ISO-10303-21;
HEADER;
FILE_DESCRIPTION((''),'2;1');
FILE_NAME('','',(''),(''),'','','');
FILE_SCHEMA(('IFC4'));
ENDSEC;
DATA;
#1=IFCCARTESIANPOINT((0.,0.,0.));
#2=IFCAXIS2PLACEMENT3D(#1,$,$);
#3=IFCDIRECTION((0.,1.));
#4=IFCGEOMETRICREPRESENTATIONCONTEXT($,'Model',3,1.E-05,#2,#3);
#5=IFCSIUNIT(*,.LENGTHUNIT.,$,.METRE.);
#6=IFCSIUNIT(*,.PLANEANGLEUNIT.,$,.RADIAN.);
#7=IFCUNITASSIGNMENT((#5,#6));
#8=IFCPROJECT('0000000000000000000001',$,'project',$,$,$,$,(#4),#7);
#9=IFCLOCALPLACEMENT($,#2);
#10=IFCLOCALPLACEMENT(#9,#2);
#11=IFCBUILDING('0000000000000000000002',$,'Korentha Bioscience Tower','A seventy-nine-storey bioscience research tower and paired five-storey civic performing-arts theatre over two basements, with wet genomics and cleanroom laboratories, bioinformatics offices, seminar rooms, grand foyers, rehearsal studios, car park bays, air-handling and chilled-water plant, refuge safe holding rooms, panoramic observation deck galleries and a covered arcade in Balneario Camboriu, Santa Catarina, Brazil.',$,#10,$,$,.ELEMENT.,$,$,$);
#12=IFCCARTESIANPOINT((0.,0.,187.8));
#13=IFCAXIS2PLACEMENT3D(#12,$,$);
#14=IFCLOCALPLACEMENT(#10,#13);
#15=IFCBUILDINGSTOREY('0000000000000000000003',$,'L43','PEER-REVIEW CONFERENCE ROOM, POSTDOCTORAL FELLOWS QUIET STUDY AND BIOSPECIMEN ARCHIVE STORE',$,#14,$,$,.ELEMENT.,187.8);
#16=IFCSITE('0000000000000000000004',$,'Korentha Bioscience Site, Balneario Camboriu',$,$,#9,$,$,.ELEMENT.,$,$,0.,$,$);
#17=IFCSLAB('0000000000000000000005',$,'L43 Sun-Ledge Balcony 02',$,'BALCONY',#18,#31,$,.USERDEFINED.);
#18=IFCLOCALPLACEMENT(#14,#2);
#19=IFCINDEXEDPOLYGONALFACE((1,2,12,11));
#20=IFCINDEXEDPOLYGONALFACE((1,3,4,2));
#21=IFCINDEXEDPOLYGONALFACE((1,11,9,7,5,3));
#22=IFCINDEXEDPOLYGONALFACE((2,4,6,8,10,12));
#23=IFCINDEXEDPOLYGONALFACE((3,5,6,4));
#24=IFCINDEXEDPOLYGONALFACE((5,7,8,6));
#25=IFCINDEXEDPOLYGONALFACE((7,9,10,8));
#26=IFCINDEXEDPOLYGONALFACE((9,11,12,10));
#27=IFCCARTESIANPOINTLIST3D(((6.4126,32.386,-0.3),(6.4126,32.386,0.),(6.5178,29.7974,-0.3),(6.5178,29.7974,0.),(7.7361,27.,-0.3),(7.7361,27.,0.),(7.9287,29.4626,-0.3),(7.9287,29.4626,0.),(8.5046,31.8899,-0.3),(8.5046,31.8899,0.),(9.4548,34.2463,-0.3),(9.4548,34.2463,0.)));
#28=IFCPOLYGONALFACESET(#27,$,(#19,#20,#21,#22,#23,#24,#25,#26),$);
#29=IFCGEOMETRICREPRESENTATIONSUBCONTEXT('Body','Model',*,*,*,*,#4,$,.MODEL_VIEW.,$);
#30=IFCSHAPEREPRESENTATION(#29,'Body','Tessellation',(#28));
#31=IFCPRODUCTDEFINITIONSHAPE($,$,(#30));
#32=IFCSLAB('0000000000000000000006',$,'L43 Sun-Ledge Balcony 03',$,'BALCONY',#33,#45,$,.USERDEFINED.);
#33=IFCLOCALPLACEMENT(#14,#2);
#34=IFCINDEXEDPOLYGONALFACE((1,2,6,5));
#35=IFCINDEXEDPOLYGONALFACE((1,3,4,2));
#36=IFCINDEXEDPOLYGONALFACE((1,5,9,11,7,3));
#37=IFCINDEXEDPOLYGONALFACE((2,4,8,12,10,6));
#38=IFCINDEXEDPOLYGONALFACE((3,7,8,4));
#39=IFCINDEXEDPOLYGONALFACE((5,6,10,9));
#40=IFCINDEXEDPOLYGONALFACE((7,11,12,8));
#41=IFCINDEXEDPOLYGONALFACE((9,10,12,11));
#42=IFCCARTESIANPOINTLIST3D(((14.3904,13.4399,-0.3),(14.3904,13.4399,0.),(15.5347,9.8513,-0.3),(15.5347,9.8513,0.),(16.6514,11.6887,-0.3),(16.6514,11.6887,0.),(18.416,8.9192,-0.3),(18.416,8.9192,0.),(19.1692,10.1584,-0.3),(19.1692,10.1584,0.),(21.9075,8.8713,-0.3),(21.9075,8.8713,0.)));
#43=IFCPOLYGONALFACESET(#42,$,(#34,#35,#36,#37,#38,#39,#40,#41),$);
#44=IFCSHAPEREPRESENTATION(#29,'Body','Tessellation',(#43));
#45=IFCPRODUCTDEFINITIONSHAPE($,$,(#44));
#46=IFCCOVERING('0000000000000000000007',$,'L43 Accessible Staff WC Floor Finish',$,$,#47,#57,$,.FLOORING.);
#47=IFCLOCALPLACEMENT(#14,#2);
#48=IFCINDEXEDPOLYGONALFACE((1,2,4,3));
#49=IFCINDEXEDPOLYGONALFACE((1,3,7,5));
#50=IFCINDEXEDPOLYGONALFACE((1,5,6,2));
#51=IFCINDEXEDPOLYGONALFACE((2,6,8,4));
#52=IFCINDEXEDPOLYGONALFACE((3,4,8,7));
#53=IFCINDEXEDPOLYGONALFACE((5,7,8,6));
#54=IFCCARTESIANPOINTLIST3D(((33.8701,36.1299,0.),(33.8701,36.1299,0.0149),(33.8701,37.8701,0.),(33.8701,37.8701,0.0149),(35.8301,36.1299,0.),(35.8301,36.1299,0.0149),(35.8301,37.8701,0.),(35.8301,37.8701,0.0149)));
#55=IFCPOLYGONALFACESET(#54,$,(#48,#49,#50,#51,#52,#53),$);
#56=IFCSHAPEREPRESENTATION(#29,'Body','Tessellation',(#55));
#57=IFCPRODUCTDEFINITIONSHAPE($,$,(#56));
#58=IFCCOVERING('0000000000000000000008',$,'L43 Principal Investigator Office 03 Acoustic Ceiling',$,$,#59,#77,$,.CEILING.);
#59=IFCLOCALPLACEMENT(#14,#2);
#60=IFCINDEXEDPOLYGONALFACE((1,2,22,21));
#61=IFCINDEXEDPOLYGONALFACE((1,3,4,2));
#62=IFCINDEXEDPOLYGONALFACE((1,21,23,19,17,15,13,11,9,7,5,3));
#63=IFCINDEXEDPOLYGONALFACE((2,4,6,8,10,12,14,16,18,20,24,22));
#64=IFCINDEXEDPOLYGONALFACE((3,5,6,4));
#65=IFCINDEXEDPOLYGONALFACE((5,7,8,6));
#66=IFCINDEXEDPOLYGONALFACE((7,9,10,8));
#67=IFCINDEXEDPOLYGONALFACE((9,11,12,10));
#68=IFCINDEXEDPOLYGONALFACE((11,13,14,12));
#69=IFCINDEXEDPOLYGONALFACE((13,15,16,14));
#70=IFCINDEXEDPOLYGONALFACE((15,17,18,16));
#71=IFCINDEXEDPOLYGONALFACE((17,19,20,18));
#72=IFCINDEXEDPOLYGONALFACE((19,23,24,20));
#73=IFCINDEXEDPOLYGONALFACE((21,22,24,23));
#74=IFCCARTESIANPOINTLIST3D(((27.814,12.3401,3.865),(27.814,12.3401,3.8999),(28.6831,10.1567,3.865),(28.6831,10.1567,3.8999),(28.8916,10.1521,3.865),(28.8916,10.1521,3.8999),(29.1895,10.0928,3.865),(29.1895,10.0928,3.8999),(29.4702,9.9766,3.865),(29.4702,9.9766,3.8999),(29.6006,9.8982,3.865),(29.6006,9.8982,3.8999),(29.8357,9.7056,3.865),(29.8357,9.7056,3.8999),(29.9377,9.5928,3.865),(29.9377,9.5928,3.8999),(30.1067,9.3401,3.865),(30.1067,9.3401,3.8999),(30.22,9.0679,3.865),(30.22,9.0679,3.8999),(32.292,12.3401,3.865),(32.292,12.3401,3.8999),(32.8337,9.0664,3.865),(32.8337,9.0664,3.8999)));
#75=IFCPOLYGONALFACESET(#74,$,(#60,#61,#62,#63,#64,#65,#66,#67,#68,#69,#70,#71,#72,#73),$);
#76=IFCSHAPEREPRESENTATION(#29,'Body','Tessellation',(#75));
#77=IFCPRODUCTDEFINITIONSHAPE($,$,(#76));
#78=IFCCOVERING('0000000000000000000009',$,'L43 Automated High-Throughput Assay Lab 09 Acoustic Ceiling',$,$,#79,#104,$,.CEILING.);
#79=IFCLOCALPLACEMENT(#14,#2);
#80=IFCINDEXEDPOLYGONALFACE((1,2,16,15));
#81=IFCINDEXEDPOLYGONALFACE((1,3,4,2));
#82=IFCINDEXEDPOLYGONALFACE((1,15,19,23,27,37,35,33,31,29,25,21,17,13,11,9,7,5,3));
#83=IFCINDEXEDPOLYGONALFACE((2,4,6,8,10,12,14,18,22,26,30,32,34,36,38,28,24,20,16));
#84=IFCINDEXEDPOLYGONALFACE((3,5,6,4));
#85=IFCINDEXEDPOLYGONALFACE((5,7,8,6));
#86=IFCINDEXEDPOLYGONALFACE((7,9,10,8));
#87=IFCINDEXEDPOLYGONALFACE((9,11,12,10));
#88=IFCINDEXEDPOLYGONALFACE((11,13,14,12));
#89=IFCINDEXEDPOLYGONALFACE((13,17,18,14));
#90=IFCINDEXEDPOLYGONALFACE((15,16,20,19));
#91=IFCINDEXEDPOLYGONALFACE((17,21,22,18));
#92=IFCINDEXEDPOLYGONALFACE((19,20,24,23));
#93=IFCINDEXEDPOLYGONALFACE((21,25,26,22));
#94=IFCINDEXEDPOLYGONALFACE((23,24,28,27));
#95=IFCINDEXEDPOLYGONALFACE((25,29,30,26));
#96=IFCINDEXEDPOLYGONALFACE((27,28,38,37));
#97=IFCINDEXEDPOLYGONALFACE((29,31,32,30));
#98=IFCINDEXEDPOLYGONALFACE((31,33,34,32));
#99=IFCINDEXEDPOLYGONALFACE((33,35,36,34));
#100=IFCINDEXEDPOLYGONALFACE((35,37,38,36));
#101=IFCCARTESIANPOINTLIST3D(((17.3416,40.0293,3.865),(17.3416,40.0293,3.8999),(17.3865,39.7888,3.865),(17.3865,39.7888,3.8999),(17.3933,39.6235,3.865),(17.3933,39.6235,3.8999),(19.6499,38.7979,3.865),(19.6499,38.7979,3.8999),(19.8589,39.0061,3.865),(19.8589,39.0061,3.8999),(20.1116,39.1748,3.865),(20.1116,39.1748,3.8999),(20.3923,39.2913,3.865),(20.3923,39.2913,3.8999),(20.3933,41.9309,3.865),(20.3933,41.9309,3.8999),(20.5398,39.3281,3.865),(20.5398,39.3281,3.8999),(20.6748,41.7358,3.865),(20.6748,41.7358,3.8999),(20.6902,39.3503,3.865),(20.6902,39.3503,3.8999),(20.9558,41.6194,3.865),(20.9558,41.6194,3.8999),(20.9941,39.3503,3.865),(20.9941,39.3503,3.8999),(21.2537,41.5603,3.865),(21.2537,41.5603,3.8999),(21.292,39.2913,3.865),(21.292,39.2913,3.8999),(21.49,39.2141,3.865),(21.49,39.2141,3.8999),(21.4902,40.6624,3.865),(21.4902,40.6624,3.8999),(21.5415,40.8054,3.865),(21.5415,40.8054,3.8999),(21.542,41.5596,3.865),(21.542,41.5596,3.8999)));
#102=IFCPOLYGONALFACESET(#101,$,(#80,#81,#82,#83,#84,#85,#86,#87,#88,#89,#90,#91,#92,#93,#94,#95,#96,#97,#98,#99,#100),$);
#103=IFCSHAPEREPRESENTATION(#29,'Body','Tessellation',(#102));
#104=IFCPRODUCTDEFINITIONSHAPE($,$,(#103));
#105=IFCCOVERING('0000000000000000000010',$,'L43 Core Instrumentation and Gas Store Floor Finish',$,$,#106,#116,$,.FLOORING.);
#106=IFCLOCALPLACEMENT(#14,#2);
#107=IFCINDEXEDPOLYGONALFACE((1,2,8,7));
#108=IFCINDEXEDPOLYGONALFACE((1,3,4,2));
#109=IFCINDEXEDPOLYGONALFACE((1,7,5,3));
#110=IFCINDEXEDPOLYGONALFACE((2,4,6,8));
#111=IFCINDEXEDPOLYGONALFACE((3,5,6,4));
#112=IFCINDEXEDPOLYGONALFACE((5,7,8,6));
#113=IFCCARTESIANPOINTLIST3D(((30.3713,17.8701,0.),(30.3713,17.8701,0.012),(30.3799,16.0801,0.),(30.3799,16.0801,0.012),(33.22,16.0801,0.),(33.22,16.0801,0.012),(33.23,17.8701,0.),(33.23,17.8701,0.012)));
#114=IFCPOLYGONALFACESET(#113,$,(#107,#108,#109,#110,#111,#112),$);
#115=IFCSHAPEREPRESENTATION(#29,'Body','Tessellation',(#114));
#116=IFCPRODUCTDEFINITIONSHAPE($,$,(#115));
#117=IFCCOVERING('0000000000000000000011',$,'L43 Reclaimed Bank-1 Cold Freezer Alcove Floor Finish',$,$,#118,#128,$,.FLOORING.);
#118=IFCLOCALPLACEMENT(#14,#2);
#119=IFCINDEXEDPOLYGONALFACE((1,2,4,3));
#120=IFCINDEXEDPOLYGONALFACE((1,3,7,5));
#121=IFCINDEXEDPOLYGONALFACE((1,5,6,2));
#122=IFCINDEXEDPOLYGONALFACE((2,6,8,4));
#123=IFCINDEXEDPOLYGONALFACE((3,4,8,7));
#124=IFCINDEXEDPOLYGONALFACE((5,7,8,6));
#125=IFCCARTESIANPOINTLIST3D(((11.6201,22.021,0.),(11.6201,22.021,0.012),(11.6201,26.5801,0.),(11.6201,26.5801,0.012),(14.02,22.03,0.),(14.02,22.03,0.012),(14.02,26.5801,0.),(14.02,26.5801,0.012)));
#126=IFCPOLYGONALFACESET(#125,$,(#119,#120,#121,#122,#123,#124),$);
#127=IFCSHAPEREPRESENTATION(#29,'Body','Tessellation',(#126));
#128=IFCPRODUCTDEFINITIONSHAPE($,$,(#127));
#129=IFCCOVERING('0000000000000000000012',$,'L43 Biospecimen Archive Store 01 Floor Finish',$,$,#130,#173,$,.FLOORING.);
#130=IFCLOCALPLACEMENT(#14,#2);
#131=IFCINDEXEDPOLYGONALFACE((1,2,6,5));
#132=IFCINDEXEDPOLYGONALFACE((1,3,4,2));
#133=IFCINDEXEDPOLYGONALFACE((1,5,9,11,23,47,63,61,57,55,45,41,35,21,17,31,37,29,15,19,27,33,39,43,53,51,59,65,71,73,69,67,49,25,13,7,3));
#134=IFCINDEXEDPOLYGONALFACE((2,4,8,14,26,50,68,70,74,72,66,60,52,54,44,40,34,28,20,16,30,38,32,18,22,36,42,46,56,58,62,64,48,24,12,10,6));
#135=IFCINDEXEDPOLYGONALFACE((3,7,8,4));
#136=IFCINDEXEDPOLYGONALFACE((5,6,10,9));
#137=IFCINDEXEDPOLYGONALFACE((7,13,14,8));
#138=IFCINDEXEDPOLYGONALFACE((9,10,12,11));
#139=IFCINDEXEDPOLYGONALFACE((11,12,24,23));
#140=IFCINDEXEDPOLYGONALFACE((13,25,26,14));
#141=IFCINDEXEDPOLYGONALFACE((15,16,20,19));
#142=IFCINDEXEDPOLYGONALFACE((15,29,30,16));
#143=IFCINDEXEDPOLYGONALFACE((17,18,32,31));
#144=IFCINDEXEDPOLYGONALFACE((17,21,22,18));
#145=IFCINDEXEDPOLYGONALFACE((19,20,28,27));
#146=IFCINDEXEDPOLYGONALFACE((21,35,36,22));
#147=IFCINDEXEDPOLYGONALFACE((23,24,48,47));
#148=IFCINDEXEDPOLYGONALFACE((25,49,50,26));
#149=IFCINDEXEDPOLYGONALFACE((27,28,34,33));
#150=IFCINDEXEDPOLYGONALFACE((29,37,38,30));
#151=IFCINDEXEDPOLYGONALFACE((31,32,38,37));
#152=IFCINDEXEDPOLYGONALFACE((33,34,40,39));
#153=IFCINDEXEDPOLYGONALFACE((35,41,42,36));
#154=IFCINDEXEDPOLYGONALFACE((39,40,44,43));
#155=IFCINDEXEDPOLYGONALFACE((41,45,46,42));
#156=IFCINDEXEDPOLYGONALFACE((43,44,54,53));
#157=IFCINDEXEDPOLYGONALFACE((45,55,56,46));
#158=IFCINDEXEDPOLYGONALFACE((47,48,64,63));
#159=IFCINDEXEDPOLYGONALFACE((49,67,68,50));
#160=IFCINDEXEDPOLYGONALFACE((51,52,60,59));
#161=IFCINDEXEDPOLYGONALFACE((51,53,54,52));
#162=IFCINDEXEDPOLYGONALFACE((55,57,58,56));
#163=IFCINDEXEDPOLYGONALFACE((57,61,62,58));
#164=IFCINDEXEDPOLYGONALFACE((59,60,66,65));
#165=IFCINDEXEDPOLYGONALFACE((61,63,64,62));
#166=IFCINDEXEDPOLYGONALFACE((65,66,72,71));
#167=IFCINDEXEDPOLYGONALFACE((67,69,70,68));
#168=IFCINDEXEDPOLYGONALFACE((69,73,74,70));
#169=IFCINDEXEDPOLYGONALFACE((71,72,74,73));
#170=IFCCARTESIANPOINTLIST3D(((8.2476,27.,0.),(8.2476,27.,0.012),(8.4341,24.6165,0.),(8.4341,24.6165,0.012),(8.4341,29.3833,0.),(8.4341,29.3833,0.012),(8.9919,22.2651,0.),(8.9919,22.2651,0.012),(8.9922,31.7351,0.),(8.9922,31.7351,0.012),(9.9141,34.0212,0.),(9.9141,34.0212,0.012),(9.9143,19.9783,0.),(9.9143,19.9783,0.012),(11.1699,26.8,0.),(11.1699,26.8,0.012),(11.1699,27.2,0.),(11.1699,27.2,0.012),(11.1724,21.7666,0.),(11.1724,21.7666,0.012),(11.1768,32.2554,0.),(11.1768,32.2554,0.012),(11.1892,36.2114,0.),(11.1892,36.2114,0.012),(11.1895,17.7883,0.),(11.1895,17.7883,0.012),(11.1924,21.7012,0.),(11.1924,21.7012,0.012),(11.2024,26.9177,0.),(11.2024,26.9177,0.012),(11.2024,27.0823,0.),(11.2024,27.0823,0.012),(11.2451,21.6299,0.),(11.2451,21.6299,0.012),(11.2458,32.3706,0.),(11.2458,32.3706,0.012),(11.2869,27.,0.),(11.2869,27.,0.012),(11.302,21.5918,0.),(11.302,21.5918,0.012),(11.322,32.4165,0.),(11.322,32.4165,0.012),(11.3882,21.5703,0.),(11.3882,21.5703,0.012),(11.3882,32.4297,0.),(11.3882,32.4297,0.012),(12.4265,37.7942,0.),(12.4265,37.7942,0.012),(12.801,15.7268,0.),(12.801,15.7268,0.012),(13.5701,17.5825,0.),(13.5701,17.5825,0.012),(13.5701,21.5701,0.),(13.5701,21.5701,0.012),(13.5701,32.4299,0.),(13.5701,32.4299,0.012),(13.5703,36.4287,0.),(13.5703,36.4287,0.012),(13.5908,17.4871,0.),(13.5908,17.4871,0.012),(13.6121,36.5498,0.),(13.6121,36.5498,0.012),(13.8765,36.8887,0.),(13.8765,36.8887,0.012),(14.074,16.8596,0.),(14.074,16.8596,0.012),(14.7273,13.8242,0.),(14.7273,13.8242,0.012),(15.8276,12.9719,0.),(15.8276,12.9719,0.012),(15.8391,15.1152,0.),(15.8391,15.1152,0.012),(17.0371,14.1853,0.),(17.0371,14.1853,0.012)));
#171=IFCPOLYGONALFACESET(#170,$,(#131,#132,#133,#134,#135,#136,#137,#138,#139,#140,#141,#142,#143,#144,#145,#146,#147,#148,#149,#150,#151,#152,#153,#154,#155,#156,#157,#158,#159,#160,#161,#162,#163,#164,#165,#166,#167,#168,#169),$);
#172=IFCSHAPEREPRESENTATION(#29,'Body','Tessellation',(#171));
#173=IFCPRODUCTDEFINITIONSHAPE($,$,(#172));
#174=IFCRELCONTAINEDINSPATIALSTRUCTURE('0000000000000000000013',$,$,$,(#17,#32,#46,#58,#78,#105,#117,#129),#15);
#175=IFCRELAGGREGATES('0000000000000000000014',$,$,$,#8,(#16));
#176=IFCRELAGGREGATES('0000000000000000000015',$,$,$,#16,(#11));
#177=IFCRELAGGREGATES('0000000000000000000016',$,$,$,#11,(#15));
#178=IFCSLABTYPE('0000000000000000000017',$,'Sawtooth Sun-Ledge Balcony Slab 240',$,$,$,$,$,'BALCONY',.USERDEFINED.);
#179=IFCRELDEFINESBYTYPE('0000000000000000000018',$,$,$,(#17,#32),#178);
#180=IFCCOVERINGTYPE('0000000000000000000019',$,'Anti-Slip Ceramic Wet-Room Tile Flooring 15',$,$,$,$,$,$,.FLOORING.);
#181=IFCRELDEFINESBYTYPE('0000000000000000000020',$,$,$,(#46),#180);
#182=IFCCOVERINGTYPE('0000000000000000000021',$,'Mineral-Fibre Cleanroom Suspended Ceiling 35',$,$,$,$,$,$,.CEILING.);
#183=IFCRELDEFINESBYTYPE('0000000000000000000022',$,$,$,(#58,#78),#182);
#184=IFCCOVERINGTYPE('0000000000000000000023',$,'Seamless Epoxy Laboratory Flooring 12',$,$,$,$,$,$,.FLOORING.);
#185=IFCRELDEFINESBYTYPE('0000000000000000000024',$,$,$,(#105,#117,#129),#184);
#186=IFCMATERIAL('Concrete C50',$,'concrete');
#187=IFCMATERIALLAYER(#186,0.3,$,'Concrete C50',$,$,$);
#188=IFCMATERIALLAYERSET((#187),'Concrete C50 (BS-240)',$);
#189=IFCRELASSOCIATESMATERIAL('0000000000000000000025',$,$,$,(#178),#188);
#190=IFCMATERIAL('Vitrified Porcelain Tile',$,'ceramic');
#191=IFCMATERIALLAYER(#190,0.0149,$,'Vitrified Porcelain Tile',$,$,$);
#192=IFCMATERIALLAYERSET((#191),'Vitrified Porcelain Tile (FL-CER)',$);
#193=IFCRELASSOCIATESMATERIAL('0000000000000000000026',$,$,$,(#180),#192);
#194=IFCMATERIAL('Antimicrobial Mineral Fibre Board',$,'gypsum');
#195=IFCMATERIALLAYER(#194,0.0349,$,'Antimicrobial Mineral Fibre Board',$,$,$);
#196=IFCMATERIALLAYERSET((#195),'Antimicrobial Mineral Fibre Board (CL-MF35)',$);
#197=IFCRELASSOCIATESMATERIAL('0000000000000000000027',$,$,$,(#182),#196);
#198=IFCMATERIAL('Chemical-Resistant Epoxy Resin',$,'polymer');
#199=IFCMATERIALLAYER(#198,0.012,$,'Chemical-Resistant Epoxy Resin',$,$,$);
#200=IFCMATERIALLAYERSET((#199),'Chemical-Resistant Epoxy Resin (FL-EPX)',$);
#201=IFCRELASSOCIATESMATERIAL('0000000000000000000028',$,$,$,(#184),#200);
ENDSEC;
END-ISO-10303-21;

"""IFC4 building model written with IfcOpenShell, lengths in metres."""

from ifc_helpers import new_model, si_unit, direction, frame, origin, place, context, subcontext, project, spatial, polyline, outline, extrude, material, layer, layer_set, type_object, element, save


model = new_model("IFC4")

# Units and contexts
model_context = context("Model", 3, precision=1e-05, world=origin(), true_north=direction((0.0, 1.0)))
body_context = subcontext(model_context, "Body", "Model", "MODEL_VIEW")
ifc_project = project(units=[si_unit("LENGTHUNIT", "METRE"), si_unit("PLANEANGLEUNIT", "RADIAN")], contexts=[model_context])

# Site, building, storey
site_placement = place(None, origin())
site = spatial("IfcSite", under=ifc_project, at=site_placement, Name="Korentha Bioscience Site, Balneario Camboriu", CompositionType="ELEMENT", RefElevation=0.0)
building_placement = place(site_placement, origin())
building = spatial("IfcBuilding", under=site, at=building_placement, Name="Korentha Bioscience Tower", Description="A seventy-nine-storey bioscience research tower and paired five-storey civic performing-arts theatre over two basements, with wet genomics and cleanroom laboratories, bioinformatics offices, seminar rooms, grand foyers, rehearsal studios, car park bays, air-handling and chilled-water plant, refuge safe holding rooms, panoramic observation deck galleries and a covered arcade in Balneario Camboriu, Santa Catarina, Brazil.", CompositionType="ELEMENT")
storey_placement = place(building_placement, frame((0.0, 0.0, 187.8)))
storey = spatial("IfcBuildingStorey", under=building, at=storey_placement, Name="L43", Description="PEER-REVIEW CONFERENCE ROOM, POSTDOCTORAL FELLOWS QUIET STUDY AND BIOSPECIMEN ARCHIVE STORE", CompositionType="ELEMENT", Elevation=187.8)

# Shared definitions
ifc_material_1 = material(Name="Concrete C50", Category="concrete")

# Slabs
ifc_layer_1 = layer(ifc_material_1, 0.3, Name="Concrete C50")
ifc_layer_set_1 = layer_set([ifc_layer_1], Name="Concrete C50 (BS-240)")
slab_type_1 = type_object("IfcSlabType", Name="Sawtooth Sun-Ledge Balcony Slab 240", ElementType="BALCONY", PredefinedType="USERDEFINED", material=ifc_layer_set_1)
slab_1_placement = place(storey_placement, frame((0.0, 0.0, -0.3)))
element("IfcSlab", 1, at=slab_1_placement, inside=storey, type_object=slab_type_1, Name="L43 Sun-Ledge Balcony 02", ObjectType="BALCONY", PredefinedType="USERDEFINED", context=body_context, shape_type="SweptSolid", body=[
    extrude(outline(polyline([(7.7361, 27.0), (7.9287, 29.4626), (8.5046, 31.8899), (9.4548, 34.2463), (6.4126, 32.386), (6.5178, 29.7974), (7.7361, 27.0)])), origin(), (0.0, 0.0, 1.0), 0.3),
])
slab_2_placement = place(storey_placement, frame((0.0, 0.0, -0.3)))
element("IfcSlab", 2, at=slab_2_placement, inside=storey, type_object=slab_type_1, Name="L43 Sun-Ledge Balcony 03", ObjectType="BALCONY", PredefinedType="USERDEFINED", context=body_context, shape_type="SweptSolid", body=[
    extrude(outline(polyline([(21.9075, 8.8713), (19.1692, 10.1584), (16.6514, 11.6887), (14.3904, 13.4399), (15.5347, 9.8513), (18.416, 8.9192), (21.9075, 8.8713)])), origin(), (0.0, 0.0, 1.0), 0.3),
])

# Coverings
ifc_material_2 = material(Name="Vitrified Porcelain Tile", Category="ceramic")
ifc_layer_2 = layer(ifc_material_2, 0.0149, Name="Vitrified Porcelain Tile")
ifc_layer_set_2 = layer_set([ifc_layer_2], Name="Vitrified Porcelain Tile (FL-CER)")
covering_type_1 = type_object("IfcCoveringType", Name="Anti-Slip Ceramic Wet-Room Tile Flooring 15", PredefinedType="FLOORING", material=ifc_layer_set_2)
covering_1_placement = place(storey_placement, origin())
element("IfcCovering", 3, at=covering_1_placement, inside=storey, type_object=covering_type_1, Name="L43 Accessible Staff WC Floor Finish", PredefinedType="FLOORING", context=body_context, shape_type="SweptSolid", body=[
    extrude(outline(polyline([(33.8701, 36.1299), (33.8701, 37.8701), (35.8301, 37.8701), (35.8301, 36.1299), (33.8701, 36.1299)])), origin(), (0.0, 0.0, 1.0), 0.0149),
])
ifc_material_3 = material(Name="Antimicrobial Mineral Fibre Board", Category="gypsum")
ifc_layer_3 = layer(ifc_material_3, 0.0349, Name="Antimicrobial Mineral Fibre Board")
ifc_layer_set_3 = layer_set([ifc_layer_3], Name="Antimicrobial Mineral Fibre Board (CL-MF35)")
covering_type_2 = type_object("IfcCoveringType", Name="Mineral-Fibre Cleanroom Suspended Ceiling 35", PredefinedType="CEILING", material=ifc_layer_set_3)
covering_2_placement = place(storey_placement, frame((0.0, 0.0, 3.865)))
element("IfcCovering", 4, at=covering_2_placement, inside=storey, type_object=covering_type_2, Name="L43 Principal Investigator Office 03 Acoustic Ceiling", PredefinedType="CEILING", context=body_context, shape_type="SweptSolid", body=[
    extrude(outline(polyline([(32.8337, 9.0664), (30.22, 9.0679), (30.1067, 9.3401), (29.9377, 9.5928), (29.8357, 9.7056), (29.6006, 9.8982), (29.4702, 9.9766), (29.1895, 10.0928), (28.8916, 10.1521), (28.6831, 10.1567), (27.814, 12.3401), (32.292, 12.3401), (32.8337, 9.0664)])), origin(), (0.0, 0.0, 1.0), 0.0349),
])
covering_3_placement = place(storey_placement, frame((0.0, 0.0, 3.865)))
element("IfcCovering", 5, at=covering_3_placement, inside=storey, type_object=covering_type_2, Name="L43 Automated High-Throughput Assay Lab 09 Acoustic Ceiling", PredefinedType="CEILING", context=body_context, shape_type="SweptSolid", body=[
    extrude(outline(polyline([(21.5415, 40.8054), (21.4902, 40.6624), (21.49, 39.2141), (21.292, 39.2913), (20.9941, 39.3503), (20.6902, 39.3503), (20.5398, 39.3281), (20.3923, 39.2913), (20.1116, 39.1748), (19.8589, 39.0061), (19.6499, 38.7979), (17.3933, 39.6235), (17.3865, 39.7888), (17.3416, 40.0293), (20.3933, 41.9309), (20.6748, 41.7358), (20.9558, 41.6194), (21.2537, 41.5603), (21.542, 41.5596), (21.5415, 40.8054)])), origin(), (0.0, 0.0, 1.0), 0.0349),
])
ifc_material_4 = material(Name="Chemical-Resistant Epoxy Resin", Category="polymer")
ifc_layer_4 = layer(ifc_material_4, 0.012, Name="Chemical-Resistant Epoxy Resin")
ifc_layer_set_4 = layer_set([ifc_layer_4], Name="Chemical-Resistant Epoxy Resin (FL-EPX)")
covering_type_3 = type_object("IfcCoveringType", Name="Seamless Epoxy Laboratory Flooring 12", PredefinedType="FLOORING", material=ifc_layer_set_4)
covering_4_placement = place(storey_placement, origin())
element("IfcCovering", 6, at=covering_4_placement, inside=storey, type_object=covering_type_3, Name="L43 Core Instrumentation and Gas Store Floor Finish", PredefinedType="FLOORING", context=body_context, shape_type="SweptSolid", body=[
    extrude(outline(polyline([(33.23, 17.8701), (33.22, 16.0801), (30.3799, 16.0801), (30.3713, 17.8701), (33.23, 17.8701)])), origin(), (0.0, 0.0, 1.0), 0.012),
])
covering_5_placement = place(storey_placement, origin())
element("IfcCovering", 7, at=covering_5_placement, inside=storey, type_object=covering_type_3, Name="L43 Reclaimed Bank-1 Cold Freezer Alcove Floor Finish", PredefinedType="FLOORING", context=body_context, shape_type="SweptSolid", body=[
    extrude(outline(polyline([(14.02, 22.03), (11.6201, 22.021), (11.6201, 26.5801), (14.02, 26.5801), (14.02, 22.03)])), origin(), (0.0, 0.0, 1.0), 0.012),
])
covering_6_placement = place(storey_placement, origin())
element("IfcCovering", 8, at=covering_6_placement, inside=storey, type_object=covering_type_3, Name="L43 Biospecimen Archive Store 01 Floor Finish", PredefinedType="FLOORING", context=body_context, shape_type="SweptSolid", body=[
    extrude(outline(polyline([(8.4341, 29.3833), (8.9922, 31.7351), (9.9141, 34.0212), (11.1892, 36.2114), (12.4265, 37.7942), (13.8765, 36.8887), (13.6121, 36.5498), (13.5703, 36.4287), (13.5701, 32.4299), (11.3882, 32.4297), (11.322, 32.4165), (11.2458, 32.3706), (11.1768, 32.2554), (11.1699, 27.2), (11.2024, 27.0823), (11.2869, 27.0), (11.2024, 26.9177), (11.1699, 26.8), (11.1724, 21.7666), (11.1924, 21.7012), (11.2451, 21.6299), (11.302, 21.5918), (11.3882, 21.5703), (13.5701, 21.5701), (13.5701, 17.5825), (13.5908, 17.4871), (14.074, 16.8596), (15.8391, 15.1152), (17.0371, 14.1853), (15.8276, 12.9719), (14.7273, 13.8242), (12.801, 15.7268), (11.1895, 17.7883), (9.9143, 19.9783), (8.9919, 22.2651), (8.4341, 24.6165), (8.2476, 27.0), (8.4341, 29.3833)])), origin(), (0.0, 0.0, 1.0), 0.012),
])

save(model, "model.ifc")
